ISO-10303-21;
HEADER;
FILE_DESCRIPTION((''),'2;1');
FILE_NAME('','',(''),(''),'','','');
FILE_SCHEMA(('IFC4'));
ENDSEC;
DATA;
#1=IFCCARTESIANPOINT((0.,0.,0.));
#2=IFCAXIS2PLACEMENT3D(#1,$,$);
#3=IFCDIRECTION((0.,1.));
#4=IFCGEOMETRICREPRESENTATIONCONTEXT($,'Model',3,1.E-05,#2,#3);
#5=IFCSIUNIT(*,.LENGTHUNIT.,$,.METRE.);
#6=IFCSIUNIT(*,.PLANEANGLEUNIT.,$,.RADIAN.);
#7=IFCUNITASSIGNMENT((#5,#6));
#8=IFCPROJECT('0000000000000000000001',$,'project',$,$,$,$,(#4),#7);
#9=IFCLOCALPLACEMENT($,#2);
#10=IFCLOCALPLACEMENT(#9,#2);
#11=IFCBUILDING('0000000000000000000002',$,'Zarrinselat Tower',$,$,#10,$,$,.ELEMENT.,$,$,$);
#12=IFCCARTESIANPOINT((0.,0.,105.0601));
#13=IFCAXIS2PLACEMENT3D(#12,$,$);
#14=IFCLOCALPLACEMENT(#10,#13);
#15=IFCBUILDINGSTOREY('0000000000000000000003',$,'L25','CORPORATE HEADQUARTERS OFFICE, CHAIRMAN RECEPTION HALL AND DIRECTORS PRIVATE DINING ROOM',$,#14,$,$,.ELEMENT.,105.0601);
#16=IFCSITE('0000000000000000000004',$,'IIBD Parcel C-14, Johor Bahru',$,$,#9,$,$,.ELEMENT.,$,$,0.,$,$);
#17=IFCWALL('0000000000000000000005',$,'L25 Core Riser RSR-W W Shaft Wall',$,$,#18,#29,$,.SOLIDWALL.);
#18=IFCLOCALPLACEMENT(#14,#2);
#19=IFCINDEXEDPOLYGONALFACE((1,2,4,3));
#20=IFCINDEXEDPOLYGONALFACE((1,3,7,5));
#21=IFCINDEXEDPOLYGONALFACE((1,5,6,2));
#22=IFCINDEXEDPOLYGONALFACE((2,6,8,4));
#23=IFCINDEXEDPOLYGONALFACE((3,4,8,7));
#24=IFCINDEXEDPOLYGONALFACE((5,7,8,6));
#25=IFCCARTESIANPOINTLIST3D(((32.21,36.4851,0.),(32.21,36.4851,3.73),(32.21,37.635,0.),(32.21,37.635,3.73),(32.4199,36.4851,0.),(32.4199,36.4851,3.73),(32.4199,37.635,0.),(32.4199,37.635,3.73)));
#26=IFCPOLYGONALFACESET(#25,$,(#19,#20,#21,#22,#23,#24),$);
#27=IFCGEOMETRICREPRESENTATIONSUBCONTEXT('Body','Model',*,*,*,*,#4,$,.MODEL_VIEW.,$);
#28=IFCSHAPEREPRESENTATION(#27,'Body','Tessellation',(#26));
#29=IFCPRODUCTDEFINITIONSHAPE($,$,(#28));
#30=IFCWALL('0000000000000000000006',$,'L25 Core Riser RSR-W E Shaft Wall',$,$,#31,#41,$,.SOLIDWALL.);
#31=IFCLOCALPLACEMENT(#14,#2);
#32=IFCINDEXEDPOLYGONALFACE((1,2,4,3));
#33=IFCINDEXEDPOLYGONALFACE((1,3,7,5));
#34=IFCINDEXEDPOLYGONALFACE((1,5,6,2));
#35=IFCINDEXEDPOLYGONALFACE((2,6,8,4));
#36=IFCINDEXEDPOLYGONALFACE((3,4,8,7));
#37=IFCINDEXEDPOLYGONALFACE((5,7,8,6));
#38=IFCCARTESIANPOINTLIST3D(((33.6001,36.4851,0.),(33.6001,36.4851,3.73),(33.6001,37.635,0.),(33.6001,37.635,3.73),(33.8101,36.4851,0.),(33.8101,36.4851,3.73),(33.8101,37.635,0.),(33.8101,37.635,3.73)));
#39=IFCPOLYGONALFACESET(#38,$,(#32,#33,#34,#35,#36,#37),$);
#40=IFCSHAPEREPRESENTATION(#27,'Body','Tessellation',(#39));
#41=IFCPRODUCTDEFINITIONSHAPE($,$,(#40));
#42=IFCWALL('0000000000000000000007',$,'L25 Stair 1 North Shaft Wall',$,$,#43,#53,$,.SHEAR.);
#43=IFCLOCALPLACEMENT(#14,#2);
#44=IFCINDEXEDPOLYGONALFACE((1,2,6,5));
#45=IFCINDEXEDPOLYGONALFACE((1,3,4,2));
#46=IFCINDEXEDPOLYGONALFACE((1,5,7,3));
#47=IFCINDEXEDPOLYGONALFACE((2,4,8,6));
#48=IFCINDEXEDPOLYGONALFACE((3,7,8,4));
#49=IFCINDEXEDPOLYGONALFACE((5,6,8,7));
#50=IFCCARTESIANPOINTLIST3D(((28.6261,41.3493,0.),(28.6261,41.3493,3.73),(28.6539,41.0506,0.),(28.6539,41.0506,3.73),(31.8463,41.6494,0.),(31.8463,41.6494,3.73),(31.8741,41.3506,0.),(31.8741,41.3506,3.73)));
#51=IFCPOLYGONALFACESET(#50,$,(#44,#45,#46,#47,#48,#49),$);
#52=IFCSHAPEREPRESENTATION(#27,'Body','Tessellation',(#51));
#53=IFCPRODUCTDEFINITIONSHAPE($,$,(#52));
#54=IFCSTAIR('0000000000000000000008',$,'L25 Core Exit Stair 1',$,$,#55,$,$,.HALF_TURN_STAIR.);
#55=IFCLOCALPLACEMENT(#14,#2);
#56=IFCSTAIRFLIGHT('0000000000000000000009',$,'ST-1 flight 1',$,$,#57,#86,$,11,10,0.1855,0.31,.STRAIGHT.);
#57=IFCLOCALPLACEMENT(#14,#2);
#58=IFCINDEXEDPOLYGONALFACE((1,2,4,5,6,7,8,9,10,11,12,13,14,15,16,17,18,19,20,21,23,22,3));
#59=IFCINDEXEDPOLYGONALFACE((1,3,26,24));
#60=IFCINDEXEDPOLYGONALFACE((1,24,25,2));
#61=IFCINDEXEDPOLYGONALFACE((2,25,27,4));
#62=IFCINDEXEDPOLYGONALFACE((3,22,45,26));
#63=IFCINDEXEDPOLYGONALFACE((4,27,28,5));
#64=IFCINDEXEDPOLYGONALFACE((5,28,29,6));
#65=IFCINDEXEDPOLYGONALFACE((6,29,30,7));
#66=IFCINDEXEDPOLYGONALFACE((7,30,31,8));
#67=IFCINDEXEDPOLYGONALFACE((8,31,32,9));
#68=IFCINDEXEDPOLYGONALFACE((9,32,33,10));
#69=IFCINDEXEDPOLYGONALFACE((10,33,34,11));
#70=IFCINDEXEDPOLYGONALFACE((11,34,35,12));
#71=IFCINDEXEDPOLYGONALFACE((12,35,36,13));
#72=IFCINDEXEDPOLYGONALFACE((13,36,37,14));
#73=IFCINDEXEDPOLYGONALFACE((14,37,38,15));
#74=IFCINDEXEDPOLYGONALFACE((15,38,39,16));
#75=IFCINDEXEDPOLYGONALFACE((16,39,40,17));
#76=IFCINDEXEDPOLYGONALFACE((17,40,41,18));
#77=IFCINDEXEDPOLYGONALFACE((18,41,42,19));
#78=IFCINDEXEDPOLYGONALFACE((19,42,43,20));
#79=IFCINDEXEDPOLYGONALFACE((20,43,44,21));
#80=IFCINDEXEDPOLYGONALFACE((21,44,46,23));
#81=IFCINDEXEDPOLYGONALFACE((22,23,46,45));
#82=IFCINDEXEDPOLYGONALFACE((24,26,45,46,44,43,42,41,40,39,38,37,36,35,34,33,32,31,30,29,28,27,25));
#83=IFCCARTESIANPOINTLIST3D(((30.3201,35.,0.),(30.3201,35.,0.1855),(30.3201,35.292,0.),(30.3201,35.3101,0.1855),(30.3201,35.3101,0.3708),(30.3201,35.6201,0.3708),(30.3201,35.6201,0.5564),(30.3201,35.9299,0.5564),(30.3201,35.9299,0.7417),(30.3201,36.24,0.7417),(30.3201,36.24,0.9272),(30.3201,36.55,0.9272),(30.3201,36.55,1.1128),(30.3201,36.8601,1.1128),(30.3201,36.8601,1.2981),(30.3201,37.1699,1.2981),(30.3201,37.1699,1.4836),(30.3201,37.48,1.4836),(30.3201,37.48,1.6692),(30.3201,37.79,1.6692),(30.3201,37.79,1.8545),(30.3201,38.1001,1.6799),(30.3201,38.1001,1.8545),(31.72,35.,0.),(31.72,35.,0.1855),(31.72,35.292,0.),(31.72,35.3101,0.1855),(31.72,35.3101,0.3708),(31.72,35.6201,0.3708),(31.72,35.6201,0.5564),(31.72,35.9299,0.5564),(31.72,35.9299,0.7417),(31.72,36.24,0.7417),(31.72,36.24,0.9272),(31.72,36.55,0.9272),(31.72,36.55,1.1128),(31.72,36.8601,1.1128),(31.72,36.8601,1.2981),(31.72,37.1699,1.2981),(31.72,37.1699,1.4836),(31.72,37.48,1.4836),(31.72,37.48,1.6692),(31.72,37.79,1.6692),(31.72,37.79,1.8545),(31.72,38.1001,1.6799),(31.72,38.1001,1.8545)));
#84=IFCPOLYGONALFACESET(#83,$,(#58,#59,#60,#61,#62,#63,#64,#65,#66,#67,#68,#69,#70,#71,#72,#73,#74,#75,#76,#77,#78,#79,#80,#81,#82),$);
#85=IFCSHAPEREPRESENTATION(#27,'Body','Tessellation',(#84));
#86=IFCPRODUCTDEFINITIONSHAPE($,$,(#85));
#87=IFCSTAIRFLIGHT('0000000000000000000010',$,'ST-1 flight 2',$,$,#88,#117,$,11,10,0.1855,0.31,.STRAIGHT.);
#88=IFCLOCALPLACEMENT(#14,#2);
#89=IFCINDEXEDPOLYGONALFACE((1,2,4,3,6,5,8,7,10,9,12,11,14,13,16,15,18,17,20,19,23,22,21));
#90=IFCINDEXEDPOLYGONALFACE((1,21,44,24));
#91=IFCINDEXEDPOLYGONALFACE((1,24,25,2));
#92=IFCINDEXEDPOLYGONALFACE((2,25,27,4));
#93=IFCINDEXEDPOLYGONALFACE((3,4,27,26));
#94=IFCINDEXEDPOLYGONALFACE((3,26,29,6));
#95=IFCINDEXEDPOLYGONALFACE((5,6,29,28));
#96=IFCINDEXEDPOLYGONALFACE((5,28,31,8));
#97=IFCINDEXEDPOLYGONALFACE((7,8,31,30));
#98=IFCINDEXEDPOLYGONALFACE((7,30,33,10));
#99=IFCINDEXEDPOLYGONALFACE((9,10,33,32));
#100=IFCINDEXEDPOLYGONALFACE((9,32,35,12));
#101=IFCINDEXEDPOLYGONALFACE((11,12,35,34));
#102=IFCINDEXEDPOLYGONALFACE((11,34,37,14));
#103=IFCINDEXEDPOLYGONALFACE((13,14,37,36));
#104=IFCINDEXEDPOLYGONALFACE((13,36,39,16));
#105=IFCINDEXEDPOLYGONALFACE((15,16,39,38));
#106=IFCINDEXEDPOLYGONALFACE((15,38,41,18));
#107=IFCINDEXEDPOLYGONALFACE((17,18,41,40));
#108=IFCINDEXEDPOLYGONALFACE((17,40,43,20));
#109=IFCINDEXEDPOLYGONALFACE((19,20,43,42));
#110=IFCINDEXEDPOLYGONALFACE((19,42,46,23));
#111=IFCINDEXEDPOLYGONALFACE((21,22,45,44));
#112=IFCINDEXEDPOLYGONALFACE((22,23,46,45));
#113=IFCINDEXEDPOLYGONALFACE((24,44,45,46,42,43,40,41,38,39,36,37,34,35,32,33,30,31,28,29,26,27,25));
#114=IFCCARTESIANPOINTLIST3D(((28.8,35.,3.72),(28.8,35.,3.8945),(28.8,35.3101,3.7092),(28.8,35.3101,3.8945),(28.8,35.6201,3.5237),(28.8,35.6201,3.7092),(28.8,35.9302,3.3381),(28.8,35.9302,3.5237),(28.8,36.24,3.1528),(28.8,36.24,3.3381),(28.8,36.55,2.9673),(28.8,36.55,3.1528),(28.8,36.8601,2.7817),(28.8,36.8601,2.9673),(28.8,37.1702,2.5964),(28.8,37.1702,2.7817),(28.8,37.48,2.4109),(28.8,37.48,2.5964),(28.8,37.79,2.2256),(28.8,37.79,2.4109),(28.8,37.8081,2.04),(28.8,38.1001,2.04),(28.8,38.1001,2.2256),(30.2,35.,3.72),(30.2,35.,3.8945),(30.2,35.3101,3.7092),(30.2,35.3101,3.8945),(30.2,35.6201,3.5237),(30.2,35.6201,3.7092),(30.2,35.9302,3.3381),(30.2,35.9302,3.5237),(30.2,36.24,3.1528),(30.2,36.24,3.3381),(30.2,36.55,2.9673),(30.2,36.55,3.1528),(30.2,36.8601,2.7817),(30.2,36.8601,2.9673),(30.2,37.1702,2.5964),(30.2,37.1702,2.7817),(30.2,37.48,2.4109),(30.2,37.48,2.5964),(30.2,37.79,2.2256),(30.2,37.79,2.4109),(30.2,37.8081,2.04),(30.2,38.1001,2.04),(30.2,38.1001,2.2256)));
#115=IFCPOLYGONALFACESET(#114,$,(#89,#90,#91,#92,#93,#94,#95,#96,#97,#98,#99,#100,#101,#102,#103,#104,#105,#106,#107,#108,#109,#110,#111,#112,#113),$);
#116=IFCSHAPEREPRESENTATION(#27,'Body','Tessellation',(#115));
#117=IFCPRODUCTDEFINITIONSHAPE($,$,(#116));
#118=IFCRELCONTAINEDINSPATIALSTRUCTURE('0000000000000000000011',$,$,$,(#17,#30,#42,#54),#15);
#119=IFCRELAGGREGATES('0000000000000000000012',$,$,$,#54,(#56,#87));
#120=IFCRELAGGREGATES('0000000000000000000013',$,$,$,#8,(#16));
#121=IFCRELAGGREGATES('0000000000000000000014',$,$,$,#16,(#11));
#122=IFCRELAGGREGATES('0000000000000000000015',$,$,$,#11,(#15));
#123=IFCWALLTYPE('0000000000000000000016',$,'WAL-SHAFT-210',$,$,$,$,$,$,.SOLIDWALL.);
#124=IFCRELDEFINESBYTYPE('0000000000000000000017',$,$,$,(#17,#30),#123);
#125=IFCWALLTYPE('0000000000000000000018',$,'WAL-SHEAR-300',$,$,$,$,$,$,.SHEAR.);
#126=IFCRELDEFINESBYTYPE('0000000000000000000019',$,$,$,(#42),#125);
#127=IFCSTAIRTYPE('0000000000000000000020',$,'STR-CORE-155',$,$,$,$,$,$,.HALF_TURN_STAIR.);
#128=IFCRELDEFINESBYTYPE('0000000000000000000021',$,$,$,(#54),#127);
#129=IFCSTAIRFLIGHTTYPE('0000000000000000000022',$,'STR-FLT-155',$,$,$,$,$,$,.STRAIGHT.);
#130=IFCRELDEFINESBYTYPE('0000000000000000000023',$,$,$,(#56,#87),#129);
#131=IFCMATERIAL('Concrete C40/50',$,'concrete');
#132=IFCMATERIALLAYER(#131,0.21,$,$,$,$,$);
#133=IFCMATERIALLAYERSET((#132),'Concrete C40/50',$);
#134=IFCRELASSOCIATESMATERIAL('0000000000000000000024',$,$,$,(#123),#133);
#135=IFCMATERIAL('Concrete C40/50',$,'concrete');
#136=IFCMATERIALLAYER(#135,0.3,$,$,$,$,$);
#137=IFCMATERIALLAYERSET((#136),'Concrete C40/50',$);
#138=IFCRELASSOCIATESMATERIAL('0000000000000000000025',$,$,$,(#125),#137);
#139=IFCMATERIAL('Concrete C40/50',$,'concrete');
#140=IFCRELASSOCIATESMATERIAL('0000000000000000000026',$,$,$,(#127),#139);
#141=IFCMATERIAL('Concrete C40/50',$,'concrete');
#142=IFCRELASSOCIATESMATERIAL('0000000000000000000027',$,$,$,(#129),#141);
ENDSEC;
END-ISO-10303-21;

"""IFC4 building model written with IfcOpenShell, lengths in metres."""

from ifc_helpers import new_model, si_unit, direction, frame, frame_2d, origin, place, context, subcontext, project, spatial, polyline, rectangle, outline, extrude, material, layer, layer_set, type_object, element, aggregate, save


model = new_model("IFC4")

# Units and contexts
model_context = context("Model", 3, precision=1e-05, world=origin(), true_north=direction((0.0, 1.0)))
body_context = subcontext(model_context, "Body", "Model", "MODEL_VIEW")
ifc_project = project(units=[si_unit("LENGTHUNIT", "METRE"), si_unit("PLANEANGLEUNIT", "RADIAN")], contexts=[model_context])

# Site, building, storey
site_placement = place(None, origin())
site = spatial("IfcSite", under=ifc_project, at=site_placement, Name="IIBD Parcel C-14, Johor Bahru", CompositionType="ELEMENT", RefElevation=0.0)
building_placement = place(site_placement, origin())
building = spatial("IfcBuilding", under=site, at=building_placement, Name="Zarrinselat Tower", CompositionType="ELEMENT")
storey_placement = place(building_placement, frame((0.0, 0.0, 105.0601)))
storey = spatial("IfcBuildingStorey", under=building, at=storey_placement, Name="L25", Description="CORPORATE HEADQUARTERS OFFICE, CHAIRMAN RECEPTION HALL AND DIRECTORS PRIVATE DINING ROOM", CompositionType="ELEMENT", Elevation=105.0601)

# Shared definitions
ifc_material_1 = material(Name="Concrete C40/50", Category="concrete")
ifc_layer_1 = layer(ifc_material_1, 0.21)
ifc_layer_set_1 = layer_set([ifc_layer_1], Name="Concrete C40/50")
wall_type_1 = type_object("IfcWallType", Name="WAL-SHAFT-210", PredefinedType="SOLIDWALL", material=ifc_layer_set_1)

# Walls
for number, where, z_axis, x_axis, name in (
    (1, (32.3149, 36.4851, 0.0), (0.0, 0.0, 1.0), (0.0, 1.0, 0.0), "L25 Core Riser RSR-W W Shaft Wall"),
    (2, (33.7051, 36.4851, 0.0), (0.0, 0.0, 1.0), (0.0, 1.0, 0.0), "L25 Core Riser RSR-W E Shaft Wall"),
):
    element("IfcWall", number, at=place(storey_placement, frame(where, z_axis=z_axis, x_axis=x_axis)), inside=storey, type_object=wall_type_1, Name=name, PredefinedType="SOLIDWALL", context=body_context, shape_type="SweptSolid", body=[
        extrude(rectangle(XDim=1.1499, YDim=0.21, at=frame_2d((0.575, 0.0))), origin(), (0.0, 0.0, 1.0), 3.73),
    ])
ifc_material_2 = material(Name="Concrete C40/50", Category="concrete")
ifc_layer_2 = layer(ifc_material_2, 0.3)
ifc_layer_set_2 = layer_set([ifc_layer_2], Name="Concrete C40/50")
wall_type_2 = type_object("IfcWallType", Name="WAL-SHEAR-300", PredefinedType="SHEAR", material=ifc_layer_set_2)
wall_1_placement = place(storey_placement, frame((28.6399, 41.2, 0.0), z_axis=(0.0, 0.0, 1.0), x_axis=(0.995687, 0.092775, 0.0)))
element("IfcWall", 3, at=wall_1_placement, inside=storey, type_object=wall_type_2, Name="L25 Stair 1 North Shaft Wall", PredefinedType="SHEAR", context=body_context, shape_type="SweptSolid", body=[
    extrude(rectangle(XDim=3.2341, YDim=0.3, at=frame_2d((1.6172, 0.0))), origin(), (0.0, 0.0, 1.0), 3.73),
])

# Stair, stair flights
ifc_material_3 = material(Name="Concrete C40/50", Category="concrete")
stair_type = type_object("IfcStairType", Name="STR-CORE-155", PredefinedType="HALF_TURN_STAIR", material=ifc_material_3)
stair_placement = place(storey_placement, origin())
stair = element("IfcStair", 4, at=stair_placement, inside=storey, type_object=stair_type, Name="L25 Core Exit Stair 1", PredefinedType="HALF_TURN_STAIR")
ifc_material_4 = material(Name="Concrete C40/50", Category="concrete")
stair_flight_type = type_object("IfcStairFlightType", Name="STR-FLT-155", PredefinedType="STRAIGHT", material=ifc_material_4)
stair_flight_1_placement = place(storey_placement, frame((31.02, 35.0, 0.0), z_axis=(0.0, 0.0, 1.0), x_axis=(0.0, 1.0, 0.0)))
stair_flight_1 = element("IfcStairFlight", 5, at=stair_flight_1_placement, type_object=stair_flight_type, Name="ST-1 flight 1", NumberOfRisers=11, NumberOfTreads=10, PredefinedType="STRAIGHT", RiserHeight=0.1855, TreadLength=0.31, context=body_context, shape_type="SweptSolid", body=[
    extrude(outline(polyline([(0.0, 0.0), (0.0, 0.1855), (0.3101, 0.1855), (0.3101, 0.3708), (0.6201, 0.3708), (0.6201, 0.5564), (0.9299, 0.5564), (0.9299, 0.7417), (1.24, 0.7417), (1.24, 0.9272), (1.55, 0.9272), (1.55, 1.1128), (1.8601, 1.1128), (1.8601, 1.2981), (2.1699, 1.2981), (2.1699, 1.4836), (2.48, 1.4836), (2.48, 1.6692), (2.79, 1.6692), (2.79, 1.8545), (3.1001, 1.8545), (3.1001, 2.04), (3.1001, 1.6799), (0.292, 0.0), (0.0, 0.0)])), frame((0.0, 0.7, 0.0), z_axis=(0.0, -1.0, 0.0), x_axis=(1.0, 0.0, 0.0)), (0.0, 0.0, 1.0), 1.3999),
])
stair_flight_2_placement = place(storey_placement, frame((29.5, 38.1001, 2.04), z_axis=(0.0, 0.0, 1.0), x_axis=(0.0, -1.0, 0.0)))
stair_flight_2 = element("IfcStairFlight", 6, at=stair_flight_2_placement, type_object=stair_flight_type, Name="ST-1 flight 2", NumberOfRisers=11, NumberOfTreads=10, PredefinedType="STRAIGHT", RiserHeight=0.1855, TreadLength=0.31, context=body_context, shape_type="SweptSolid", body=[
    extrude(outline(polyline([(0.0, 0.0), (0.0, 0.1855), (0.3101, 0.1855), (0.3101, 0.3708), (0.6201, 0.3708), (0.6201, 0.5564), (0.9299, 0.5564), (0.9299, 0.7417), (1.24, 0.7417), (1.24, 0.9272), (1.55, 0.9272), (1.55, 1.1128), (1.8601, 1.1128), (1.8601, 1.2981), (2.1699, 1.2981), (2.1699, 1.4836), (2.48, 1.4836), (2.48, 1.6692), (2.79, 1.6692), (2.79, 1.8545), (3.1001, 1.8545), (3.1001, 2.04), (3.1001, 1.6799), (0.292, 0.0), (0.0, 0.0)])), frame((0.0, 0.7, 0.0), z_axis=(0.0, -1.0, 0.0), x_axis=(1.0, 0.0, 0.0)), (0.0, 0.0, 1.0), 1.3999),
])
aggregate(stair, [stair_flight_1, stair_flight_2])

save(model, "model.ifc")
